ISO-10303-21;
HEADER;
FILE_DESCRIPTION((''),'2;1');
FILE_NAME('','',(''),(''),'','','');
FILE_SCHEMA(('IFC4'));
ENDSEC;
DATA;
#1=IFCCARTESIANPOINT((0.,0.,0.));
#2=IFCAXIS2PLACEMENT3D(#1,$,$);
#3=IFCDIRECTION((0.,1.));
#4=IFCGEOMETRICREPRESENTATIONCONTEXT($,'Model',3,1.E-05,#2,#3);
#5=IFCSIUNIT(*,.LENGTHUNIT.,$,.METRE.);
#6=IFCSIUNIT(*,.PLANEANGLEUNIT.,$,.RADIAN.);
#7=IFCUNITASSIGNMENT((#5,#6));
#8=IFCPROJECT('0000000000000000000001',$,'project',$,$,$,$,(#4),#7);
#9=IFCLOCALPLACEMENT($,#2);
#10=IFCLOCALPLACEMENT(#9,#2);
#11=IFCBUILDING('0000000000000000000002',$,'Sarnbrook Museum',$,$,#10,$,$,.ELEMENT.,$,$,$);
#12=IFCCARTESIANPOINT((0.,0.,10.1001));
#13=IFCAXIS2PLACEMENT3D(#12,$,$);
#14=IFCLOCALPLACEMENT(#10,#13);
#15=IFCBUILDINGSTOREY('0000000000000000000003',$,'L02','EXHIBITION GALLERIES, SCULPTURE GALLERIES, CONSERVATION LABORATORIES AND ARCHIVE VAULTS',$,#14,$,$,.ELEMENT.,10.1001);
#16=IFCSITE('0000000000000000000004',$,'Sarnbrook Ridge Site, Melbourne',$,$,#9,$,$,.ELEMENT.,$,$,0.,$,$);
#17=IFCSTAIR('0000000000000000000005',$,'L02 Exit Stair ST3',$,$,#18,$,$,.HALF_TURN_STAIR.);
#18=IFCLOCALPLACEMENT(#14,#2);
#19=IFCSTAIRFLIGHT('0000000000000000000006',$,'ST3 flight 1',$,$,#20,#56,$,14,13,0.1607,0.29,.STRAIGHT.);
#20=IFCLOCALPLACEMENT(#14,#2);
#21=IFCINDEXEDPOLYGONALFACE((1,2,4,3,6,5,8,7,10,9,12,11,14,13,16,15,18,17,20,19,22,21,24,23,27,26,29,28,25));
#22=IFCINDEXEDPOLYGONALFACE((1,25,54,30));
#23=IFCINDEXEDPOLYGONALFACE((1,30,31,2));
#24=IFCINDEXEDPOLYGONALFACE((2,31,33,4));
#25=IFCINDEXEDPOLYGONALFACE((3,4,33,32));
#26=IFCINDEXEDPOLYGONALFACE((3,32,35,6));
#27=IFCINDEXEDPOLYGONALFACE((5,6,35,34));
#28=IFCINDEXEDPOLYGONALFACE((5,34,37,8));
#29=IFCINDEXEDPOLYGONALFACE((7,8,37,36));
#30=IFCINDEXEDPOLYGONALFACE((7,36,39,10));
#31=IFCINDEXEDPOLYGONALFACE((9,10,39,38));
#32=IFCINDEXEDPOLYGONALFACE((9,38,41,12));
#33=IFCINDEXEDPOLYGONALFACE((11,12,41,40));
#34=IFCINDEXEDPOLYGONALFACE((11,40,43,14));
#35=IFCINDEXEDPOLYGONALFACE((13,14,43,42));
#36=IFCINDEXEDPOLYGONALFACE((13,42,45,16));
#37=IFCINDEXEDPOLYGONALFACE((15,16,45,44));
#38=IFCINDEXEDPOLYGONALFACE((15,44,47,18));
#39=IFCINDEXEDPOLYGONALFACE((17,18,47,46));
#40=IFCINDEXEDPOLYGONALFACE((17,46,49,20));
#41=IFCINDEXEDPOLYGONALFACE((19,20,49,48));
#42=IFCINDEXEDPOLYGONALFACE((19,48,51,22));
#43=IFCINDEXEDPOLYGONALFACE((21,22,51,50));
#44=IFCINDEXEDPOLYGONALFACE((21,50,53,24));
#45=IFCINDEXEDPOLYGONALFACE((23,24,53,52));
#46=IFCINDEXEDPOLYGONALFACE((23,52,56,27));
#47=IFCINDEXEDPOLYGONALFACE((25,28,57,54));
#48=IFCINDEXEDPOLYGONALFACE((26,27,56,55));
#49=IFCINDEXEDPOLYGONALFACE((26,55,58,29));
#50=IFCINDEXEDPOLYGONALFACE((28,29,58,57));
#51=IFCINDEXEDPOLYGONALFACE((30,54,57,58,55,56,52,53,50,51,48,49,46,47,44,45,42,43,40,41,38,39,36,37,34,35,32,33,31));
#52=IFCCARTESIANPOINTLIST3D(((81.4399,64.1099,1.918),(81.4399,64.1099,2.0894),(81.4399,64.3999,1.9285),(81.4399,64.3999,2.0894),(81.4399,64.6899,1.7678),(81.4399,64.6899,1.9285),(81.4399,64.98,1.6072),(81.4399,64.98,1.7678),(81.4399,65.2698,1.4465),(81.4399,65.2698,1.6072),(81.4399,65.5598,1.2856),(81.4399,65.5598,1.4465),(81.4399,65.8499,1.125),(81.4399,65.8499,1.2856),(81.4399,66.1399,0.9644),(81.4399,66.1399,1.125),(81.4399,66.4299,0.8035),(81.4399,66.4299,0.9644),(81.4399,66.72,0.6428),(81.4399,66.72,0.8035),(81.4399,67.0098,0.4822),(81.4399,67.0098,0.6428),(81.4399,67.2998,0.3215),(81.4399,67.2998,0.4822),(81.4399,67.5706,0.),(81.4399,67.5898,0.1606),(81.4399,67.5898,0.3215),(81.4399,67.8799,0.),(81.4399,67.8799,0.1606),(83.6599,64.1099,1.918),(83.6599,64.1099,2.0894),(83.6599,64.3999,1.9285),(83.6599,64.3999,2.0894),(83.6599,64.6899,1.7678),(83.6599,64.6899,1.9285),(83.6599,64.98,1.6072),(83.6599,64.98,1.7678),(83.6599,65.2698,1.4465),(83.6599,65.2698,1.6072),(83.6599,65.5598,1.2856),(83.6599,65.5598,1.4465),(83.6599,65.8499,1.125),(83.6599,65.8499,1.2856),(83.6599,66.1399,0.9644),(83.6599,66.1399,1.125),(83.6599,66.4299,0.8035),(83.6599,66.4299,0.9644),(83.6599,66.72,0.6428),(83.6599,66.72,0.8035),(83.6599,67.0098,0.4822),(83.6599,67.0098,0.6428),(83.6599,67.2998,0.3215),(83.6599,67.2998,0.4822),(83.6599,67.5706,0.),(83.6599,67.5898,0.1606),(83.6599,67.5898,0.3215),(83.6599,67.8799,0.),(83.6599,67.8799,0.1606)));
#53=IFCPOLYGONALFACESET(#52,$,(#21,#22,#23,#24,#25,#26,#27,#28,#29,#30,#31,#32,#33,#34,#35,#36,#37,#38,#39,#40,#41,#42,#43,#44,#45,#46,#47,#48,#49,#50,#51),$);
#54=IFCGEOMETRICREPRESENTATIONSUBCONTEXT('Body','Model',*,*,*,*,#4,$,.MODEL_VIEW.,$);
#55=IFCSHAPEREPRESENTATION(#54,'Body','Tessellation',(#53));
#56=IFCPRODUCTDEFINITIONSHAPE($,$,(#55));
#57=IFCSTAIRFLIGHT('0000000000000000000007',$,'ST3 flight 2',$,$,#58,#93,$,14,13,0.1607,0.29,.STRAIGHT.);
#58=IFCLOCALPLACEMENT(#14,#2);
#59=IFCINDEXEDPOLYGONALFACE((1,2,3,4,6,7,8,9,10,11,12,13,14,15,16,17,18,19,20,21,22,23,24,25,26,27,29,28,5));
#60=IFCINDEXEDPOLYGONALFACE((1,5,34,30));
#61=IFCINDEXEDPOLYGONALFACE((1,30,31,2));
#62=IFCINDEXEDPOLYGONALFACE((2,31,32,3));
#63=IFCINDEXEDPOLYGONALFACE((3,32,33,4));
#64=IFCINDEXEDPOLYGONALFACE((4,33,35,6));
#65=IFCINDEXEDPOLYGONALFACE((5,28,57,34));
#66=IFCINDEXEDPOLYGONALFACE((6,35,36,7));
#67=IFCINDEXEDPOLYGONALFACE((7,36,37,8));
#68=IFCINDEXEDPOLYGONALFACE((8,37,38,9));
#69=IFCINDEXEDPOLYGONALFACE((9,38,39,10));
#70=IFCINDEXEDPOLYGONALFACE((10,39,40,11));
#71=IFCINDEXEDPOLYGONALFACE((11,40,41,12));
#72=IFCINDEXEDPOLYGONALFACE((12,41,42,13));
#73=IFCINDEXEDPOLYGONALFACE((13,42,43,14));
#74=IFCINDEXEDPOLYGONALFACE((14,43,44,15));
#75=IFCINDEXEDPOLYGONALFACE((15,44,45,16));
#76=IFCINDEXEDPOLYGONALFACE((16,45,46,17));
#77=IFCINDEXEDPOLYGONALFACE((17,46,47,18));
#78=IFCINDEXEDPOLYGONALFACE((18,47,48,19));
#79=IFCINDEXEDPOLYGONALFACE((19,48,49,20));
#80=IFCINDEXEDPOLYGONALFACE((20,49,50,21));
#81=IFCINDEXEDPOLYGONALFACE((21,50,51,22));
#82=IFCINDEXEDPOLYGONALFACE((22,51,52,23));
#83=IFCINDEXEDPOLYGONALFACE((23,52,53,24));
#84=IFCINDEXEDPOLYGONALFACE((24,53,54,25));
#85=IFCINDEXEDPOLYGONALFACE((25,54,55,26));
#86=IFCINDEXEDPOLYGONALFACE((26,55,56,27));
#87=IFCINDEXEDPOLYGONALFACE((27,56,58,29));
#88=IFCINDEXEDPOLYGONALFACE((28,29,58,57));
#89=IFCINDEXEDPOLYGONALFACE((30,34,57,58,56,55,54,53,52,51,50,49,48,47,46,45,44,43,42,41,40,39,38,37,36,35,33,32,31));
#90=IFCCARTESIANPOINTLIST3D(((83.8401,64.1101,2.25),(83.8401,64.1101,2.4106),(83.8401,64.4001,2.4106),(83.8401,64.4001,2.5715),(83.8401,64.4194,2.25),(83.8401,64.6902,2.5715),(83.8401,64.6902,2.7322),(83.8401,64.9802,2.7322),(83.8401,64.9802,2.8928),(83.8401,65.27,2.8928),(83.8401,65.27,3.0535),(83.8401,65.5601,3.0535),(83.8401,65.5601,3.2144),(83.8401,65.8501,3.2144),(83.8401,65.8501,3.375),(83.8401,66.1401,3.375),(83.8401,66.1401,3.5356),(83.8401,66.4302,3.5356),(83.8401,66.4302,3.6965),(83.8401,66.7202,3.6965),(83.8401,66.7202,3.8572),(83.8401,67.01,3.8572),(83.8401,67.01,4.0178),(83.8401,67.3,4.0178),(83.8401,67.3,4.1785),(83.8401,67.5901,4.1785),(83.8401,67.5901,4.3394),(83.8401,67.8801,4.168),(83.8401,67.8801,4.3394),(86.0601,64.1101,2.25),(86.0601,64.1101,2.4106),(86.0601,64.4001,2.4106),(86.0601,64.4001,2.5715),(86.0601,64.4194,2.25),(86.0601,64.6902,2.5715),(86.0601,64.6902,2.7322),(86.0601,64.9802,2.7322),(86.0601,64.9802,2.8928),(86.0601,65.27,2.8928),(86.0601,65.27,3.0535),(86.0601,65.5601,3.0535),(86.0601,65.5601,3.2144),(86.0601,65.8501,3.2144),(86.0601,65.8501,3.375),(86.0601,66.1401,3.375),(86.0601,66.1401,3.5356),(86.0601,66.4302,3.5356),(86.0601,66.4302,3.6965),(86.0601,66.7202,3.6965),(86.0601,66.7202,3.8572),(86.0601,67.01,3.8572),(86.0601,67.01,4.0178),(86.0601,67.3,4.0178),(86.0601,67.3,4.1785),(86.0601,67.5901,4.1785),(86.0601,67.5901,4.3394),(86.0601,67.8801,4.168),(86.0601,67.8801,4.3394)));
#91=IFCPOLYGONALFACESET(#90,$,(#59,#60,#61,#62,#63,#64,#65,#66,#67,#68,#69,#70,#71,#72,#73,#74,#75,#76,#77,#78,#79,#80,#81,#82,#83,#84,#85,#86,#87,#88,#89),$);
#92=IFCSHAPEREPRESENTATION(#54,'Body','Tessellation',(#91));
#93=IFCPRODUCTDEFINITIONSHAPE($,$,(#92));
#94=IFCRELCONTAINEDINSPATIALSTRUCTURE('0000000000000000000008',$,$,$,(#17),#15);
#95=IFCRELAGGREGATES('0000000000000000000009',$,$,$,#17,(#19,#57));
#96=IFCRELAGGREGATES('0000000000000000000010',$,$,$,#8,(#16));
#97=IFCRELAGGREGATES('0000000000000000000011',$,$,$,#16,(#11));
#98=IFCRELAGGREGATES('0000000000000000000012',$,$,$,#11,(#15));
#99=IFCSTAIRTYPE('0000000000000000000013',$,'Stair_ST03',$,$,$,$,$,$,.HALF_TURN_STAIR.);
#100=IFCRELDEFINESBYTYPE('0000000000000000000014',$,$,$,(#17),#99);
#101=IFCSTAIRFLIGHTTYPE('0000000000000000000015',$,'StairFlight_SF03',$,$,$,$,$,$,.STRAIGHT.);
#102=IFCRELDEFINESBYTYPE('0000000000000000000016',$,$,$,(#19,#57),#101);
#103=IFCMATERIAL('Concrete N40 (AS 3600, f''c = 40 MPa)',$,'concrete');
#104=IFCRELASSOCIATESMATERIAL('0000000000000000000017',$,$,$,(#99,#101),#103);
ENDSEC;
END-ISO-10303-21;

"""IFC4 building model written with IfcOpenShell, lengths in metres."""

from ifc_helpers import new_model, si_unit, direction, frame, origin, place, context, subcontext, project, spatial, polyline, outline, extrude, material, type_object, element, aggregate, save


model = new_model("IFC4")

# Units and contexts
model_context = context("Model", 3, precision=1e-05, world=origin(), true_north=direction((0.0, 1.0)))
body_context = subcontext(model_context, "Body", "Model", "MODEL_VIEW")
ifc_project = project(units=[si_unit("LENGTHUNIT", "METRE"), si_unit("PLANEANGLEUNIT", "RADIAN")], contexts=[model_context])

# Site, building, storey
site_placement = place(None, origin())
site = spatial("IfcSite", under=ifc_project, at=site_placement, Name="Sarnbrook Ridge Site, Melbourne", CompositionType="ELEMENT", RefElevation=0.0)
building_placement = place(site_placement, origin())
building = spatial("IfcBuilding", under=site, at=building_placement, Name="Sarnbrook Museum", CompositionType="ELEMENT")
storey_placement = place(building_placement, frame((0.0, 0.0, 10.1001)))
storey = spatial("IfcBuildingStorey", under=building, at=storey_placement, Name="L02", Description="EXHIBITION GALLERIES, SCULPTURE GALLERIES, CONSERVATION LABORATORIES AND ARCHIVE VAULTS", CompositionType="ELEMENT", Elevation=10.1001)

# Shared definitions
ifc_material_1 = material(Name="Concrete N40 (AS 3600, f'c = 40 MPa)", Category="concrete")

# Stair, stair flights
stair_type = type_object("IfcStairType", Name="Stair_ST03", PredefinedType="HALF_TURN_STAIR", material=ifc_material_1)
stair_placement = place(storey_placement, origin())
stair = element("IfcStair", 1, at=stair_placement, inside=storey, type_object=stair_type, Name="L02 Exit Stair ST3", PredefinedType="HALF_TURN_STAIR")
stair_flight_type = type_object("IfcStairFlightType", Name="StairFlight_SF03", PredefinedType="STRAIGHT", material=ifc_material_1)
stair_flight_1_placement = place(storey_placement, frame((82.55, 67.8799, 0.0), z_axis=(0.0, 0.0, 1.0), x_axis=(0.0, -1.0, 0.0)))
stair_flight_1 = element("IfcStairFlight", 2, at=stair_flight_1_placement, type_object=stair_flight_type, Name="ST3 flight 1", NumberOfRisers=14, NumberOfTreads=13, PredefinedType="STRAIGHT", RiserHeight=0.1607, TreadLength=0.29, context=body_context, shape_type="SweptSolid", body=[
    extrude(outline(polyline([(0.0, 0.0), (0.0, 0.1606), (0.29, 0.1606), (0.29, 0.3215), (0.5801, 0.3215), (0.5801, 0.4822), (0.8701, 0.4822), (0.8701, 0.6428), (1.1599, 0.6428), (1.1599, 0.8035), (1.45, 0.8035), (1.45, 0.9644), (1.74, 0.9644), (1.74, 1.125), (2.03, 1.125), (2.03, 1.2856), (2.3201, 1.2856), (2.3201, 1.4465), (2.6101, 1.4465), (2.6101, 1.6072), (2.8999, 1.6072), (2.8999, 1.7678), (3.1899, 1.7678), (3.1899, 1.9285), (3.48, 1.9285), (3.48, 2.0894), (3.77, 2.0894), (3.77, 2.25), (3.77, 1.918), (0.3093, 0.0), (0.0, 0.0)])), frame((0.0, 1.1099, 0.0), z_axis=(0.0, -1.0, 0.0), x_axis=(1.0, 0.0, 0.0)), (0.0, 0.0, 1.0), 2.22),
])
stair_flight_2_placement = place(storey_placement, frame((84.95, 64.1101, 2.25), z_axis=(0.0, 0.0, 1.0), x_axis=(0.0, 1.0, 0.0)))
stair_flight_2 = element("IfcStairFlight", 3, at=stair_flight_2_placement, type_object=stair_flight_type, Name="ST3 flight 2", NumberOfRisers=14, NumberOfTreads=13, PredefinedType="STRAIGHT", RiserHeight=0.1607, TreadLength=0.29, context=body_context, shape_type="SweptSolid", body=[
    extrude(outline(polyline([(0.0, 0.0), (0.0, 0.1606), (0.29, 0.1606), (0.29, 0.3215), (0.5801, 0.3215), (0.5801, 0.4822), (0.8701, 0.4822), (0.8701, 0.6428), (1.1599, 0.6428), (1.1599, 0.8035), (1.45, 0.8035), (1.45, 0.9644), (1.74, 0.9644), (1.74, 1.125), (2.03, 1.125), (2.03, 1.2856), (2.3201, 1.2856), (2.3201, 1.4465), (2.6101, 1.4465), (2.6101, 1.6072), (2.8999, 1.6072), (2.8999, 1.7678), (3.1899, 1.7678), (3.1899, 1.9285), (3.48, 1.9285), (3.48, 2.0894), (3.77, 2.0894), (3.77, 2.25), (3.77, 1.918), (0.3093, 0.0), (0.0, 0.0)])), frame((0.0, 1.1099, 0.0), z_axis=(0.0, -1.0, 0.0), x_axis=(1.0, 0.0, 0.0)), (0.0, 0.0, 1.0), 2.22),
])
aggregate(stair, [stair_flight_1, stair_flight_2])

save(model, "model.ifc")
